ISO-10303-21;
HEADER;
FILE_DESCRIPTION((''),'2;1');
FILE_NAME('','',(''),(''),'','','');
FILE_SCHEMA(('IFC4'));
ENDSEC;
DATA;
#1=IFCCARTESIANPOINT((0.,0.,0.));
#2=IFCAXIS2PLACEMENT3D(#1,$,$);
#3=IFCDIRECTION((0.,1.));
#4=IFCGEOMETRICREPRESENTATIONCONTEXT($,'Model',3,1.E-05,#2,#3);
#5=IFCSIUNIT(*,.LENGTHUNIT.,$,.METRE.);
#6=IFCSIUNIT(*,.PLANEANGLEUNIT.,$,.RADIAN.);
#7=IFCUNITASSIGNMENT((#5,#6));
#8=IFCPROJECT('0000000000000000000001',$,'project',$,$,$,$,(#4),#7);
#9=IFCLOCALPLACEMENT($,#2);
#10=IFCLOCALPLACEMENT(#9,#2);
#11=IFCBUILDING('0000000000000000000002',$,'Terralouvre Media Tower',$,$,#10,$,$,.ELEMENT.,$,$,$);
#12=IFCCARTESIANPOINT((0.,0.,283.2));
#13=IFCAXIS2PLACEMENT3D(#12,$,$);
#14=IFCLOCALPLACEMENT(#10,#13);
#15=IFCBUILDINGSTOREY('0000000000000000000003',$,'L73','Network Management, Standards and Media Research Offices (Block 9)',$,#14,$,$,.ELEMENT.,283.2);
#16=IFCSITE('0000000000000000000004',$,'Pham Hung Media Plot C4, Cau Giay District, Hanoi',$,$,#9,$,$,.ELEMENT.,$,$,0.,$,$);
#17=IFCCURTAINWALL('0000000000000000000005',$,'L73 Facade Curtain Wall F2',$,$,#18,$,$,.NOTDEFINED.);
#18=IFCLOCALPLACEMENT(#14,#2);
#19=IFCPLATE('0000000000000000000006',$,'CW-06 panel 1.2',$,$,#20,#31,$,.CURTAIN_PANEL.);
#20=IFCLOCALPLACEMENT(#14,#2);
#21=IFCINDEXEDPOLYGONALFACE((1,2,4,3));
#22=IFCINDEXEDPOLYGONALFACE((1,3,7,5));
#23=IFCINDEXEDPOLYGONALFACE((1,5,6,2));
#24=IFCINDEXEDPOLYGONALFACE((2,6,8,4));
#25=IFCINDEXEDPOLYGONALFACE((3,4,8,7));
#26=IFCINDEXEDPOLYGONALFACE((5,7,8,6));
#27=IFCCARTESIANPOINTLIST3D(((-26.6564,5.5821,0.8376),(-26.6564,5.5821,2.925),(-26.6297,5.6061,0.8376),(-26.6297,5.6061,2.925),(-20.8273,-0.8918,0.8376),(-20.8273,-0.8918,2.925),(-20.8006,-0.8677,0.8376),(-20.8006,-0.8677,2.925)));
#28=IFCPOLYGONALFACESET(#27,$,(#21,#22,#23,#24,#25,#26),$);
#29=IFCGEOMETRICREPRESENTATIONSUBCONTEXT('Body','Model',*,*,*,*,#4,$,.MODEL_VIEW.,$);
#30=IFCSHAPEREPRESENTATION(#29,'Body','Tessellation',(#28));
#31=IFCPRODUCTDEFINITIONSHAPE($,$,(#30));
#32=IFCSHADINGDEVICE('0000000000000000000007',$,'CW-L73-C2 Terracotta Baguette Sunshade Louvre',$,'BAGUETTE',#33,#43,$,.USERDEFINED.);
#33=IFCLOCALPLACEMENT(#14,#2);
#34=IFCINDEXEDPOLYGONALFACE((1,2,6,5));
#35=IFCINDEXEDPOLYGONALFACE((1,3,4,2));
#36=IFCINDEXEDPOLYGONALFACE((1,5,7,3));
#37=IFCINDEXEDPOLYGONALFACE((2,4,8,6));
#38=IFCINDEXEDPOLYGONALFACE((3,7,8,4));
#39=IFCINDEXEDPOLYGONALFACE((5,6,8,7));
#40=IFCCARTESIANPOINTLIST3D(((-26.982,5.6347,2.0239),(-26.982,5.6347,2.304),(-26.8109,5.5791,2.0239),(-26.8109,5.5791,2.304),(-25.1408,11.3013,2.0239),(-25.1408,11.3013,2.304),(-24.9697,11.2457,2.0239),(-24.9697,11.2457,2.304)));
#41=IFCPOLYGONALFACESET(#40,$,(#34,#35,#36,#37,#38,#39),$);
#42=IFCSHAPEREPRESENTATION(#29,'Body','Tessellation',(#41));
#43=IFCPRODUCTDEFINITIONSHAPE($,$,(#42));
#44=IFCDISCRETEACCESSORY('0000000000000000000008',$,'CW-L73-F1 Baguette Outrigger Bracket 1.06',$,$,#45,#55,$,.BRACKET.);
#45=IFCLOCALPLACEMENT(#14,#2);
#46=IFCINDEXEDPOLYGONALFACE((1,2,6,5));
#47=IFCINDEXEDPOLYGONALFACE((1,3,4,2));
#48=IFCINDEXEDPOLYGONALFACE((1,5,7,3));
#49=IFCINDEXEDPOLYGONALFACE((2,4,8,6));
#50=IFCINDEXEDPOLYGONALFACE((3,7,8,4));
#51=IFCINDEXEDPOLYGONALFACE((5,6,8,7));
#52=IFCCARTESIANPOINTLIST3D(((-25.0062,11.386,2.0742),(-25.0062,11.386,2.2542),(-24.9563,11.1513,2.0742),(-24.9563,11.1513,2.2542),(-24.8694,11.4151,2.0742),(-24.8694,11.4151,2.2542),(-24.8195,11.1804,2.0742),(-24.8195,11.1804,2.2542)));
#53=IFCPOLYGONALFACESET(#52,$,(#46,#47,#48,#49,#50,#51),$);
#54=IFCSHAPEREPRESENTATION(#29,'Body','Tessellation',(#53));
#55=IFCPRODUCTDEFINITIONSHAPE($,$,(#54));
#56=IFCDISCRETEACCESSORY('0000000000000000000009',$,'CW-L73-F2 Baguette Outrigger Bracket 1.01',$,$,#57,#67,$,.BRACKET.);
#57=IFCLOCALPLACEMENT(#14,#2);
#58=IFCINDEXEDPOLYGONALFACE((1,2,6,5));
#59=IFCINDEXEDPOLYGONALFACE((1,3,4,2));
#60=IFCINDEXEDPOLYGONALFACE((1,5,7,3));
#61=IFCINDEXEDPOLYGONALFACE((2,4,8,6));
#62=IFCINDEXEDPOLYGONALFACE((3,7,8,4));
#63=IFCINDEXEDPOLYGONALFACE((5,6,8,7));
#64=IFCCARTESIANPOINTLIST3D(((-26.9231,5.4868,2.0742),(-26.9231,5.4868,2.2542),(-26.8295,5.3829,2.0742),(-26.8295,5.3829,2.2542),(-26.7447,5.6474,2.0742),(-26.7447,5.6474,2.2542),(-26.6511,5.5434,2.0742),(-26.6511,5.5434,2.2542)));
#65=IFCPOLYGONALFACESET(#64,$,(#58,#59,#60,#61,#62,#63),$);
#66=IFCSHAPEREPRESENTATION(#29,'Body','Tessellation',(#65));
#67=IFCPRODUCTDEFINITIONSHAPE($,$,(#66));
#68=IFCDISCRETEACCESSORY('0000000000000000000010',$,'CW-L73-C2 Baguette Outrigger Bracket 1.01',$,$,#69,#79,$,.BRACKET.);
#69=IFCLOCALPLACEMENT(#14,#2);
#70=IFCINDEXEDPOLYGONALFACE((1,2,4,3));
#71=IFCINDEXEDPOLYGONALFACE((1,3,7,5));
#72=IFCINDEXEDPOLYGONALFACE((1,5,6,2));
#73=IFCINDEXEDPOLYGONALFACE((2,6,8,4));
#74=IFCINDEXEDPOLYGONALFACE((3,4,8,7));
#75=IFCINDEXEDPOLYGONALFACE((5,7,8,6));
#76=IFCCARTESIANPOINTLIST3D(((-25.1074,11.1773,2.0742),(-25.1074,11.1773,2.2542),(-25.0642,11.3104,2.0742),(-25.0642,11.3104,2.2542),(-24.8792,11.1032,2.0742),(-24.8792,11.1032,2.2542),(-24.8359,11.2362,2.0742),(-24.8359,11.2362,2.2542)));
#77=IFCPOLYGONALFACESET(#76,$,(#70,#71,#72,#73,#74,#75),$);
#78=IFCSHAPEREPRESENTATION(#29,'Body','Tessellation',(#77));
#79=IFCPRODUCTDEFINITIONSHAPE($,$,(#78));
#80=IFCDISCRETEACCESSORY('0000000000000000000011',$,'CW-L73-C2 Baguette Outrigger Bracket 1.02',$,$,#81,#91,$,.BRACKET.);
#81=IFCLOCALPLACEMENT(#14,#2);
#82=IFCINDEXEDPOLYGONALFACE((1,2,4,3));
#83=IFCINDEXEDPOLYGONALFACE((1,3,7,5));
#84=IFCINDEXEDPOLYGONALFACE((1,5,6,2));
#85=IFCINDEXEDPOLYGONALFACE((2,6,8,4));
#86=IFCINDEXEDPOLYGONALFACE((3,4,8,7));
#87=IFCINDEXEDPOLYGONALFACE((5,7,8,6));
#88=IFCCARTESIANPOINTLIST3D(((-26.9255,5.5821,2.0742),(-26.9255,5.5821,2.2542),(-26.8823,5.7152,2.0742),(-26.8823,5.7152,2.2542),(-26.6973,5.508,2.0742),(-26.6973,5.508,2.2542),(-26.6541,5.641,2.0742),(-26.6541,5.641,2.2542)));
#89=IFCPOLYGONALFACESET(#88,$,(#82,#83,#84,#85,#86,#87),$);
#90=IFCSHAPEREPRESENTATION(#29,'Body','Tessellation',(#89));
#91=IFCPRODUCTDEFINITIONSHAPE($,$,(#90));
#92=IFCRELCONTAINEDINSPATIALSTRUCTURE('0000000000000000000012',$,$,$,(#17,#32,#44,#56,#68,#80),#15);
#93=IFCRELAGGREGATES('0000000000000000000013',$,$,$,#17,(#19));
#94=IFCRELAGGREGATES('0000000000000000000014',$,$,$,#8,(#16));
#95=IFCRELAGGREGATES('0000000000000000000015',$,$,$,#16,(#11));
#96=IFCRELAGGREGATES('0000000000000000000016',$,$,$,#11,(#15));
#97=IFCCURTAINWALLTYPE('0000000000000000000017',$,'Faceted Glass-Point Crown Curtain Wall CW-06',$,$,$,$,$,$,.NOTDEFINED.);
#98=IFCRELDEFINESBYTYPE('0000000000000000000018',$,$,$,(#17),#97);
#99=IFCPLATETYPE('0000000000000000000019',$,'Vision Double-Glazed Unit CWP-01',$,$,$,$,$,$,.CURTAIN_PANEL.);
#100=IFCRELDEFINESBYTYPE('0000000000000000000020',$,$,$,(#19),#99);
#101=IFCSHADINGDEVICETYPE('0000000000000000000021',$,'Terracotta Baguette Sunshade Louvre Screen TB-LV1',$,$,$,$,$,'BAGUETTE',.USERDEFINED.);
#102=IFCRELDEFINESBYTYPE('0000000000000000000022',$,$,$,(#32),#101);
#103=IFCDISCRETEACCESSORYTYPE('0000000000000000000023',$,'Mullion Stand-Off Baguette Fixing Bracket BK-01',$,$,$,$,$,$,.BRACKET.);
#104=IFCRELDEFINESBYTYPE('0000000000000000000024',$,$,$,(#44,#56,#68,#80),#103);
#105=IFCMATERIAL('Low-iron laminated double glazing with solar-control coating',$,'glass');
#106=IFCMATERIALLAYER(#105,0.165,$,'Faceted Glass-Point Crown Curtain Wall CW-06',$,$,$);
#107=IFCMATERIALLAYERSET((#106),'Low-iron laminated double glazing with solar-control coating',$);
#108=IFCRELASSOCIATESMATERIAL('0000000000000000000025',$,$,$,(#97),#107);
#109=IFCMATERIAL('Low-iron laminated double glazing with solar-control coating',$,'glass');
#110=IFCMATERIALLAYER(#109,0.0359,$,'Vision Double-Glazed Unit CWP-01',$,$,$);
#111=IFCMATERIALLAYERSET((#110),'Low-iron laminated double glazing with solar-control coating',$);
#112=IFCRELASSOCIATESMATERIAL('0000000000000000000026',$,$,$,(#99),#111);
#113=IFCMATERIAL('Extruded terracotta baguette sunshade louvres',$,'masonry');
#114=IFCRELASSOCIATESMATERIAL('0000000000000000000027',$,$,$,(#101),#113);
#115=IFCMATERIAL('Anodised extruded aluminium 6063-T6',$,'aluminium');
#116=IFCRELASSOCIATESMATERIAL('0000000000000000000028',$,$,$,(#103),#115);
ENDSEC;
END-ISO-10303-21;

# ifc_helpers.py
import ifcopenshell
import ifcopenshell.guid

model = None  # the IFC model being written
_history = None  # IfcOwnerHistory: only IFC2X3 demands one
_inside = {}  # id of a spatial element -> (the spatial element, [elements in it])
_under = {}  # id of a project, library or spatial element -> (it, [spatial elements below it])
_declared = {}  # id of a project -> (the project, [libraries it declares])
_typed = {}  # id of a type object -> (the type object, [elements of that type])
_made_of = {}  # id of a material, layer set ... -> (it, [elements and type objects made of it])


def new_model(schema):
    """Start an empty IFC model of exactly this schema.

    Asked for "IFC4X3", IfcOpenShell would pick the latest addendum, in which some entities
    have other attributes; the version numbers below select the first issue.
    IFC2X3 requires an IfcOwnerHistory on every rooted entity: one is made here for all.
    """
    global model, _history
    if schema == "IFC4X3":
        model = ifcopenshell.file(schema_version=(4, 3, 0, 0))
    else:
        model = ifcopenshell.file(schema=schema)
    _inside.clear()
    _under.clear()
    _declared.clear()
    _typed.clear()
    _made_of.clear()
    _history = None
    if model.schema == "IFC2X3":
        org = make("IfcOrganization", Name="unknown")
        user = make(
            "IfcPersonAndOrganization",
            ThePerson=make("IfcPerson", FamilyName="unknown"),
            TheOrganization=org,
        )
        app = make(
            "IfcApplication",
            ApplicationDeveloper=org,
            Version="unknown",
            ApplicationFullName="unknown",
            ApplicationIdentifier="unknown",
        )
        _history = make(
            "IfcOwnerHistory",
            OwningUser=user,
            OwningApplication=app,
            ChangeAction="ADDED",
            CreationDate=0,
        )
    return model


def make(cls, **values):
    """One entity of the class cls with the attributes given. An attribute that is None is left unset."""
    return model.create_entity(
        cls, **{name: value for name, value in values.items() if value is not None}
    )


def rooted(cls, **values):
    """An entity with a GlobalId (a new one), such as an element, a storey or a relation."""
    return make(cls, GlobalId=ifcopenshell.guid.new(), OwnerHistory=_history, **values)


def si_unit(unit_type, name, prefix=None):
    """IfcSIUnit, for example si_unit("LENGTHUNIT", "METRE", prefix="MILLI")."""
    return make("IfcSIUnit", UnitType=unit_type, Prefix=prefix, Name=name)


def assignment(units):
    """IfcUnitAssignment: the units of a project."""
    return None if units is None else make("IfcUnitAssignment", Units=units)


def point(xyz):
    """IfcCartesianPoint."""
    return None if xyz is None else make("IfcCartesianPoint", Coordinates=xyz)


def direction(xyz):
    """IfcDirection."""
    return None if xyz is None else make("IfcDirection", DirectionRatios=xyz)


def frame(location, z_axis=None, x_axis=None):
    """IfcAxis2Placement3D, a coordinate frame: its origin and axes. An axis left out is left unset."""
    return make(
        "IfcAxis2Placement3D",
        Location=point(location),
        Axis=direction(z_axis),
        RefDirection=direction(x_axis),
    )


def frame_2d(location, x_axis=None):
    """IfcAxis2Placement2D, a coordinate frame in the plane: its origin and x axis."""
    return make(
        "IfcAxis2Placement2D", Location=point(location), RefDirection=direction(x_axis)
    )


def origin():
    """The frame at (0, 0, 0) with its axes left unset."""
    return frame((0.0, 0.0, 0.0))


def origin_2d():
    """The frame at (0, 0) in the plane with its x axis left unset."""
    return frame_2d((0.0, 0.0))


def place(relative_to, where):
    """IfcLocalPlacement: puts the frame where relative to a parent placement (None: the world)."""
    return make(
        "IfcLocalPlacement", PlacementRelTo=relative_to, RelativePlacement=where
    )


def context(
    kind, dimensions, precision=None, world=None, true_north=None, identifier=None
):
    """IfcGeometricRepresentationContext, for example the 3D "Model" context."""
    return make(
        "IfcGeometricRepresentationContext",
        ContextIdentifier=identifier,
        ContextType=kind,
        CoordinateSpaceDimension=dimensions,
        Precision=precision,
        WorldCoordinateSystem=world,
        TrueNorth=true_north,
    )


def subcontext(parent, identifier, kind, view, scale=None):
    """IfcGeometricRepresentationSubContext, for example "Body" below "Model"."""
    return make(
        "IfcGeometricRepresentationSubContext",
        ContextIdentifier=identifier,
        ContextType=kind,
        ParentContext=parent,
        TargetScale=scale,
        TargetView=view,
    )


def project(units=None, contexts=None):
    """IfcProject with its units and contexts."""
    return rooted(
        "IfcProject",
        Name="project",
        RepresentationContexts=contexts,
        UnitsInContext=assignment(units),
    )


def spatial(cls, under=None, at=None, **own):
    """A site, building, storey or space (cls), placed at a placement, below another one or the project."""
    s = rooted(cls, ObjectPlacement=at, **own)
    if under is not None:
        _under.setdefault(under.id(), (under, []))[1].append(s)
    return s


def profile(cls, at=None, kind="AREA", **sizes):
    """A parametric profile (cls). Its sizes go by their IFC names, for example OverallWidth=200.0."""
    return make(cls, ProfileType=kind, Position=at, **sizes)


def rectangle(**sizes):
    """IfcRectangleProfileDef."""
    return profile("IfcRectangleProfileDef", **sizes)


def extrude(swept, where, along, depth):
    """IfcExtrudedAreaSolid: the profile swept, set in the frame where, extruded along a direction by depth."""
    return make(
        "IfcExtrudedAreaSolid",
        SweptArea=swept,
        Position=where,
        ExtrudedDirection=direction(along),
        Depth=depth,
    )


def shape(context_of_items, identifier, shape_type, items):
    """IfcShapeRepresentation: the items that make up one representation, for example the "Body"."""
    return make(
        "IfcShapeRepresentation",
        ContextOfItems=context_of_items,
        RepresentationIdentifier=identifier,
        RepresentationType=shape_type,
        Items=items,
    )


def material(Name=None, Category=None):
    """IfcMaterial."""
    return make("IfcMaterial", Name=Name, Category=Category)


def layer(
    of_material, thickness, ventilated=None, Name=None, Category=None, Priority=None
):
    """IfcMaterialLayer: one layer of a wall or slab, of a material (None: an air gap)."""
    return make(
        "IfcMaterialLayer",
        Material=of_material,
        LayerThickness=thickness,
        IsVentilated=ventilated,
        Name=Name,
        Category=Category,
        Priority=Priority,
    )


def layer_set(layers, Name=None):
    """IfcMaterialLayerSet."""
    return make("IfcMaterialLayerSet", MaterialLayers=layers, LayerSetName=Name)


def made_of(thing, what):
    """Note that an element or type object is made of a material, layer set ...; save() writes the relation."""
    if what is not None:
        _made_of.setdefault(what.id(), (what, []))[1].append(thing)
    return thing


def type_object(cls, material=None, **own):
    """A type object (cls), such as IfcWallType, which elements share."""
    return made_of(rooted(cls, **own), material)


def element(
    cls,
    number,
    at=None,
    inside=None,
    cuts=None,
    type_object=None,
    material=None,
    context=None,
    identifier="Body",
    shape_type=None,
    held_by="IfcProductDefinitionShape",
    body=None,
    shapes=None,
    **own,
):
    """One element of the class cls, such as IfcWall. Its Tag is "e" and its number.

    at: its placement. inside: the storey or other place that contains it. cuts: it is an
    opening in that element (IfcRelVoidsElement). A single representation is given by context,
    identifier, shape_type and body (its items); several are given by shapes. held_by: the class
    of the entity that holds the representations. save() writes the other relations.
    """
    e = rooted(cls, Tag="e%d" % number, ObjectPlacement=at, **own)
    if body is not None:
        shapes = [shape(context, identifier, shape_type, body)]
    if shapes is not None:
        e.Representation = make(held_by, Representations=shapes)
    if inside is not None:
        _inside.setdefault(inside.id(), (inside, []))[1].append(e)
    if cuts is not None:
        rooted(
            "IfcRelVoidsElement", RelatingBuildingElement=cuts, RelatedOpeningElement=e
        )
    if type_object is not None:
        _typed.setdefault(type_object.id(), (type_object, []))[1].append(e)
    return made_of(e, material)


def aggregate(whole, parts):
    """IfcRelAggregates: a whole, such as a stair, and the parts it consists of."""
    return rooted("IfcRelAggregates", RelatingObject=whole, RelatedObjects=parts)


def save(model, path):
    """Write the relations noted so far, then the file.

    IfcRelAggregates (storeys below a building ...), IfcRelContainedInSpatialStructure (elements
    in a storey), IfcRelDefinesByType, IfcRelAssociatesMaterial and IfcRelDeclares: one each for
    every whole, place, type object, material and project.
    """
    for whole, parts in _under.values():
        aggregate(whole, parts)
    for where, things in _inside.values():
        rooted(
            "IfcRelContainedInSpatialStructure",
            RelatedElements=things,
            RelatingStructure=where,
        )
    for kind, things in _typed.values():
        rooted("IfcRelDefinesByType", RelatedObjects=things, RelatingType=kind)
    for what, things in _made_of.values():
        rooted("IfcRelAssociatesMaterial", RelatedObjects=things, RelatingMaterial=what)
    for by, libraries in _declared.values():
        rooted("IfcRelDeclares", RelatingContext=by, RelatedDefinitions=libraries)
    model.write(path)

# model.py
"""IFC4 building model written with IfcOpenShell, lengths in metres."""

from ifc_helpers import new_model, si_unit, direction, frame, origin, origin_2d, place, context, subcontext, project, spatial, rectangle, extrude, material, layer, layer_set, type_object, element, aggregate, save


model = new_model("IFC4")

# Units and contexts
model_context = context("Model", 3, precision=1e-05, world=origin(), true_north=direction((0.0, 1.0)))
body_context = subcontext(model_context, "Body", "Model", "MODEL_VIEW")
ifc_project = project(units=[si_unit("LENGTHUNIT", "METRE"), si_unit("PLANEANGLEUNIT", "RADIAN")], contexts=[model_context])

# Site, building, storey
site_placement = place(None, origin())
site = spatial("IfcSite", under=ifc_project, at=site_placement, Name="Pham Hung Media Plot C4, Cau Giay District, Hanoi", CompositionType="ELEMENT", RefElevation=0.0)
building_placement = place(site_placement, origin())
building = spatial("IfcBuilding", under=site, at=building_placement, Name="Terralouvre Media Tower", CompositionType="ELEMENT")
storey_placement = place(building_placement, frame((0.0, 0.0, 283.2)))
storey = spatial("IfcBuildingStorey", under=building, at=storey_placement, Name="L73", Description="Network Management, Standards and Media Research Offices (Block 9)", CompositionType="ELEMENT", Elevation=283.2)

# Curtain wall
ifc_material_1 = material(Name="Low-iron laminated double glazing with solar-control coating", Category="glass")
ifc_layer_1 = layer(ifc_material_1, 0.165, Name="Faceted Glass-Point Crown Curtain Wall CW-06")
ifc_layer_set_1 = layer_set([ifc_layer_1], Name="Low-iron laminated double glazing with solar-control coating")
curtain_wall_type_1 = type_object("IfcCurtainWallType", Name="Faceted Glass-Point Crown Curtain Wall CW-06", PredefinedType="NOTDEFINED", material=ifc_layer_set_1)
curtain_wall_1_placement = place(storey_placement, origin())
curtain_wall_1 = element("IfcCurtainWall", 1, at=curtain_wall_1_placement, inside=storey, type_object=curtain_wall_type_1, Name="L73 Facade Curtain Wall F2", PredefinedType="NOTDEFINED")

# Plate
ifc_material_2 = material(Name="Low-iron laminated double glazing with solar-control coating", Category="glass")
ifc_layer_2 = layer(ifc_material_2, 0.0359, Name="Vision Double-Glazed Unit CWP-01")
ifc_layer_set_2 = layer_set([ifc_layer_2], Name="Low-iron laminated double glazing with solar-control coating")
plate_type_1 = type_object("IfcPlateType", Name="Vision Double-Glazed Unit CWP-01", PredefinedType="CURTAIN_PANEL", material=ifc_layer_set_2)
plate_1_placement = place(storey_placement, frame((-23.7285, 2.3572, 0.8376), z_axis=(0.0, 0.0, 1.0), x_axis=(0.669131, -0.743145, 0.0)))
plate_1 = element("IfcPlate", 2, at=plate_1_placement, type_object=plate_type_1, Name="CW-06 panel 1.2", PredefinedType="CURTAIN_PANEL", context=body_context, shape_type="SweptSolid", body=[
    extrude(rectangle(XDim=8.7114, YDim=0.0359, at=origin_2d()), origin(), (0.0, 0.0, 1.0), 2.0874),
])
aggregate(curtain_wall_1, [plate_1])

# Shading device
ifc_material_3 = material(Name="Extruded terracotta baguette sunshade louvres", Category="masonry")
shading_device_type = type_object("IfcShadingDeviceType", Name="Terracotta Baguette Sunshade Louvre Screen TB-LV1", ElementType="BAGUETTE", PredefinedType="USERDEFINED", material=ifc_material_3)
shading_device_placement = place(storey_placement, frame((-25.9758, 8.4402, 2.0239), z_axis=(0.0, 0.0, 1.0), x_axis=(-0.309017, -0.951057, 0.0)))
element("IfcShadingDevice", 3, at=shading_device_placement, inside=storey, type_object=shading_device_type, Name="CW-L73-C2 Terracotta Baguette Sunshade Louvre", ObjectType="BAGUETTE", PredefinedType="USERDEFINED", context=body_context, shape_type="SweptSolid", body=[
    extrude(rectangle(XDim=5.9583, YDim=0.1799, at=origin_2d()), origin(), (0.0, 0.0, 1.0), 0.28),
])

# Discrete accessories
ifc_material_4 = material(Name="Anodised extruded aluminium 6063-T6", Category="aluminium")
discrete_accessory_type = type_object("IfcDiscreteAccessoryType", Name="Mullion Stand-Off Baguette Fixing Bracket BK-01", PredefinedType="BRACKET", material=ifc_material_4)
for number, where, z_axis, x_axis, name in (
    (4, (-24.9128, 11.2832, 2.0742), (0.0, 0.0, 1.0), (-0.978148, -0.207912, 0.0), "CW-L73-F1 Baguette Outrigger Bracket 1.06"),
    (5, (-26.7871, 5.5151, 2.0742), (0.0, 0.0, 1.0), (0.669131, -0.743145, 0.0), "CW-L73-F2 Baguette Outrigger Bracket 1.01"),
    (6, (-24.9717, 11.2068, 2.0742), (0.0, 0.0, 1.0), (-0.309017, -0.951057, 0.0), "CW-L73-C2 Baguette Outrigger Bracket 1.01"),
    (7, (-26.7898, 5.6116, 2.0742), (0.0, 0.0, 1.0), (-0.309017, -0.951057, 0.0), "CW-L73-C2 Baguette Outrigger Bracket 1.02"),
):
    element("IfcDiscreteAccessory", number, at=place(storey_placement, frame(where, z_axis=z_axis, x_axis=x_axis)), inside=storey, type_object=discrete_accessory_type, Name=name, PredefinedType="BRACKET", context=body_context, shape_type="SweptSolid", body=[
        extrude(rectangle(XDim=0.1399, YDim=0.24, at=origin_2d()), origin(), (0.0, 0.0, 1.0), 0.1799),
    ])

save(model, "model.ifc")
